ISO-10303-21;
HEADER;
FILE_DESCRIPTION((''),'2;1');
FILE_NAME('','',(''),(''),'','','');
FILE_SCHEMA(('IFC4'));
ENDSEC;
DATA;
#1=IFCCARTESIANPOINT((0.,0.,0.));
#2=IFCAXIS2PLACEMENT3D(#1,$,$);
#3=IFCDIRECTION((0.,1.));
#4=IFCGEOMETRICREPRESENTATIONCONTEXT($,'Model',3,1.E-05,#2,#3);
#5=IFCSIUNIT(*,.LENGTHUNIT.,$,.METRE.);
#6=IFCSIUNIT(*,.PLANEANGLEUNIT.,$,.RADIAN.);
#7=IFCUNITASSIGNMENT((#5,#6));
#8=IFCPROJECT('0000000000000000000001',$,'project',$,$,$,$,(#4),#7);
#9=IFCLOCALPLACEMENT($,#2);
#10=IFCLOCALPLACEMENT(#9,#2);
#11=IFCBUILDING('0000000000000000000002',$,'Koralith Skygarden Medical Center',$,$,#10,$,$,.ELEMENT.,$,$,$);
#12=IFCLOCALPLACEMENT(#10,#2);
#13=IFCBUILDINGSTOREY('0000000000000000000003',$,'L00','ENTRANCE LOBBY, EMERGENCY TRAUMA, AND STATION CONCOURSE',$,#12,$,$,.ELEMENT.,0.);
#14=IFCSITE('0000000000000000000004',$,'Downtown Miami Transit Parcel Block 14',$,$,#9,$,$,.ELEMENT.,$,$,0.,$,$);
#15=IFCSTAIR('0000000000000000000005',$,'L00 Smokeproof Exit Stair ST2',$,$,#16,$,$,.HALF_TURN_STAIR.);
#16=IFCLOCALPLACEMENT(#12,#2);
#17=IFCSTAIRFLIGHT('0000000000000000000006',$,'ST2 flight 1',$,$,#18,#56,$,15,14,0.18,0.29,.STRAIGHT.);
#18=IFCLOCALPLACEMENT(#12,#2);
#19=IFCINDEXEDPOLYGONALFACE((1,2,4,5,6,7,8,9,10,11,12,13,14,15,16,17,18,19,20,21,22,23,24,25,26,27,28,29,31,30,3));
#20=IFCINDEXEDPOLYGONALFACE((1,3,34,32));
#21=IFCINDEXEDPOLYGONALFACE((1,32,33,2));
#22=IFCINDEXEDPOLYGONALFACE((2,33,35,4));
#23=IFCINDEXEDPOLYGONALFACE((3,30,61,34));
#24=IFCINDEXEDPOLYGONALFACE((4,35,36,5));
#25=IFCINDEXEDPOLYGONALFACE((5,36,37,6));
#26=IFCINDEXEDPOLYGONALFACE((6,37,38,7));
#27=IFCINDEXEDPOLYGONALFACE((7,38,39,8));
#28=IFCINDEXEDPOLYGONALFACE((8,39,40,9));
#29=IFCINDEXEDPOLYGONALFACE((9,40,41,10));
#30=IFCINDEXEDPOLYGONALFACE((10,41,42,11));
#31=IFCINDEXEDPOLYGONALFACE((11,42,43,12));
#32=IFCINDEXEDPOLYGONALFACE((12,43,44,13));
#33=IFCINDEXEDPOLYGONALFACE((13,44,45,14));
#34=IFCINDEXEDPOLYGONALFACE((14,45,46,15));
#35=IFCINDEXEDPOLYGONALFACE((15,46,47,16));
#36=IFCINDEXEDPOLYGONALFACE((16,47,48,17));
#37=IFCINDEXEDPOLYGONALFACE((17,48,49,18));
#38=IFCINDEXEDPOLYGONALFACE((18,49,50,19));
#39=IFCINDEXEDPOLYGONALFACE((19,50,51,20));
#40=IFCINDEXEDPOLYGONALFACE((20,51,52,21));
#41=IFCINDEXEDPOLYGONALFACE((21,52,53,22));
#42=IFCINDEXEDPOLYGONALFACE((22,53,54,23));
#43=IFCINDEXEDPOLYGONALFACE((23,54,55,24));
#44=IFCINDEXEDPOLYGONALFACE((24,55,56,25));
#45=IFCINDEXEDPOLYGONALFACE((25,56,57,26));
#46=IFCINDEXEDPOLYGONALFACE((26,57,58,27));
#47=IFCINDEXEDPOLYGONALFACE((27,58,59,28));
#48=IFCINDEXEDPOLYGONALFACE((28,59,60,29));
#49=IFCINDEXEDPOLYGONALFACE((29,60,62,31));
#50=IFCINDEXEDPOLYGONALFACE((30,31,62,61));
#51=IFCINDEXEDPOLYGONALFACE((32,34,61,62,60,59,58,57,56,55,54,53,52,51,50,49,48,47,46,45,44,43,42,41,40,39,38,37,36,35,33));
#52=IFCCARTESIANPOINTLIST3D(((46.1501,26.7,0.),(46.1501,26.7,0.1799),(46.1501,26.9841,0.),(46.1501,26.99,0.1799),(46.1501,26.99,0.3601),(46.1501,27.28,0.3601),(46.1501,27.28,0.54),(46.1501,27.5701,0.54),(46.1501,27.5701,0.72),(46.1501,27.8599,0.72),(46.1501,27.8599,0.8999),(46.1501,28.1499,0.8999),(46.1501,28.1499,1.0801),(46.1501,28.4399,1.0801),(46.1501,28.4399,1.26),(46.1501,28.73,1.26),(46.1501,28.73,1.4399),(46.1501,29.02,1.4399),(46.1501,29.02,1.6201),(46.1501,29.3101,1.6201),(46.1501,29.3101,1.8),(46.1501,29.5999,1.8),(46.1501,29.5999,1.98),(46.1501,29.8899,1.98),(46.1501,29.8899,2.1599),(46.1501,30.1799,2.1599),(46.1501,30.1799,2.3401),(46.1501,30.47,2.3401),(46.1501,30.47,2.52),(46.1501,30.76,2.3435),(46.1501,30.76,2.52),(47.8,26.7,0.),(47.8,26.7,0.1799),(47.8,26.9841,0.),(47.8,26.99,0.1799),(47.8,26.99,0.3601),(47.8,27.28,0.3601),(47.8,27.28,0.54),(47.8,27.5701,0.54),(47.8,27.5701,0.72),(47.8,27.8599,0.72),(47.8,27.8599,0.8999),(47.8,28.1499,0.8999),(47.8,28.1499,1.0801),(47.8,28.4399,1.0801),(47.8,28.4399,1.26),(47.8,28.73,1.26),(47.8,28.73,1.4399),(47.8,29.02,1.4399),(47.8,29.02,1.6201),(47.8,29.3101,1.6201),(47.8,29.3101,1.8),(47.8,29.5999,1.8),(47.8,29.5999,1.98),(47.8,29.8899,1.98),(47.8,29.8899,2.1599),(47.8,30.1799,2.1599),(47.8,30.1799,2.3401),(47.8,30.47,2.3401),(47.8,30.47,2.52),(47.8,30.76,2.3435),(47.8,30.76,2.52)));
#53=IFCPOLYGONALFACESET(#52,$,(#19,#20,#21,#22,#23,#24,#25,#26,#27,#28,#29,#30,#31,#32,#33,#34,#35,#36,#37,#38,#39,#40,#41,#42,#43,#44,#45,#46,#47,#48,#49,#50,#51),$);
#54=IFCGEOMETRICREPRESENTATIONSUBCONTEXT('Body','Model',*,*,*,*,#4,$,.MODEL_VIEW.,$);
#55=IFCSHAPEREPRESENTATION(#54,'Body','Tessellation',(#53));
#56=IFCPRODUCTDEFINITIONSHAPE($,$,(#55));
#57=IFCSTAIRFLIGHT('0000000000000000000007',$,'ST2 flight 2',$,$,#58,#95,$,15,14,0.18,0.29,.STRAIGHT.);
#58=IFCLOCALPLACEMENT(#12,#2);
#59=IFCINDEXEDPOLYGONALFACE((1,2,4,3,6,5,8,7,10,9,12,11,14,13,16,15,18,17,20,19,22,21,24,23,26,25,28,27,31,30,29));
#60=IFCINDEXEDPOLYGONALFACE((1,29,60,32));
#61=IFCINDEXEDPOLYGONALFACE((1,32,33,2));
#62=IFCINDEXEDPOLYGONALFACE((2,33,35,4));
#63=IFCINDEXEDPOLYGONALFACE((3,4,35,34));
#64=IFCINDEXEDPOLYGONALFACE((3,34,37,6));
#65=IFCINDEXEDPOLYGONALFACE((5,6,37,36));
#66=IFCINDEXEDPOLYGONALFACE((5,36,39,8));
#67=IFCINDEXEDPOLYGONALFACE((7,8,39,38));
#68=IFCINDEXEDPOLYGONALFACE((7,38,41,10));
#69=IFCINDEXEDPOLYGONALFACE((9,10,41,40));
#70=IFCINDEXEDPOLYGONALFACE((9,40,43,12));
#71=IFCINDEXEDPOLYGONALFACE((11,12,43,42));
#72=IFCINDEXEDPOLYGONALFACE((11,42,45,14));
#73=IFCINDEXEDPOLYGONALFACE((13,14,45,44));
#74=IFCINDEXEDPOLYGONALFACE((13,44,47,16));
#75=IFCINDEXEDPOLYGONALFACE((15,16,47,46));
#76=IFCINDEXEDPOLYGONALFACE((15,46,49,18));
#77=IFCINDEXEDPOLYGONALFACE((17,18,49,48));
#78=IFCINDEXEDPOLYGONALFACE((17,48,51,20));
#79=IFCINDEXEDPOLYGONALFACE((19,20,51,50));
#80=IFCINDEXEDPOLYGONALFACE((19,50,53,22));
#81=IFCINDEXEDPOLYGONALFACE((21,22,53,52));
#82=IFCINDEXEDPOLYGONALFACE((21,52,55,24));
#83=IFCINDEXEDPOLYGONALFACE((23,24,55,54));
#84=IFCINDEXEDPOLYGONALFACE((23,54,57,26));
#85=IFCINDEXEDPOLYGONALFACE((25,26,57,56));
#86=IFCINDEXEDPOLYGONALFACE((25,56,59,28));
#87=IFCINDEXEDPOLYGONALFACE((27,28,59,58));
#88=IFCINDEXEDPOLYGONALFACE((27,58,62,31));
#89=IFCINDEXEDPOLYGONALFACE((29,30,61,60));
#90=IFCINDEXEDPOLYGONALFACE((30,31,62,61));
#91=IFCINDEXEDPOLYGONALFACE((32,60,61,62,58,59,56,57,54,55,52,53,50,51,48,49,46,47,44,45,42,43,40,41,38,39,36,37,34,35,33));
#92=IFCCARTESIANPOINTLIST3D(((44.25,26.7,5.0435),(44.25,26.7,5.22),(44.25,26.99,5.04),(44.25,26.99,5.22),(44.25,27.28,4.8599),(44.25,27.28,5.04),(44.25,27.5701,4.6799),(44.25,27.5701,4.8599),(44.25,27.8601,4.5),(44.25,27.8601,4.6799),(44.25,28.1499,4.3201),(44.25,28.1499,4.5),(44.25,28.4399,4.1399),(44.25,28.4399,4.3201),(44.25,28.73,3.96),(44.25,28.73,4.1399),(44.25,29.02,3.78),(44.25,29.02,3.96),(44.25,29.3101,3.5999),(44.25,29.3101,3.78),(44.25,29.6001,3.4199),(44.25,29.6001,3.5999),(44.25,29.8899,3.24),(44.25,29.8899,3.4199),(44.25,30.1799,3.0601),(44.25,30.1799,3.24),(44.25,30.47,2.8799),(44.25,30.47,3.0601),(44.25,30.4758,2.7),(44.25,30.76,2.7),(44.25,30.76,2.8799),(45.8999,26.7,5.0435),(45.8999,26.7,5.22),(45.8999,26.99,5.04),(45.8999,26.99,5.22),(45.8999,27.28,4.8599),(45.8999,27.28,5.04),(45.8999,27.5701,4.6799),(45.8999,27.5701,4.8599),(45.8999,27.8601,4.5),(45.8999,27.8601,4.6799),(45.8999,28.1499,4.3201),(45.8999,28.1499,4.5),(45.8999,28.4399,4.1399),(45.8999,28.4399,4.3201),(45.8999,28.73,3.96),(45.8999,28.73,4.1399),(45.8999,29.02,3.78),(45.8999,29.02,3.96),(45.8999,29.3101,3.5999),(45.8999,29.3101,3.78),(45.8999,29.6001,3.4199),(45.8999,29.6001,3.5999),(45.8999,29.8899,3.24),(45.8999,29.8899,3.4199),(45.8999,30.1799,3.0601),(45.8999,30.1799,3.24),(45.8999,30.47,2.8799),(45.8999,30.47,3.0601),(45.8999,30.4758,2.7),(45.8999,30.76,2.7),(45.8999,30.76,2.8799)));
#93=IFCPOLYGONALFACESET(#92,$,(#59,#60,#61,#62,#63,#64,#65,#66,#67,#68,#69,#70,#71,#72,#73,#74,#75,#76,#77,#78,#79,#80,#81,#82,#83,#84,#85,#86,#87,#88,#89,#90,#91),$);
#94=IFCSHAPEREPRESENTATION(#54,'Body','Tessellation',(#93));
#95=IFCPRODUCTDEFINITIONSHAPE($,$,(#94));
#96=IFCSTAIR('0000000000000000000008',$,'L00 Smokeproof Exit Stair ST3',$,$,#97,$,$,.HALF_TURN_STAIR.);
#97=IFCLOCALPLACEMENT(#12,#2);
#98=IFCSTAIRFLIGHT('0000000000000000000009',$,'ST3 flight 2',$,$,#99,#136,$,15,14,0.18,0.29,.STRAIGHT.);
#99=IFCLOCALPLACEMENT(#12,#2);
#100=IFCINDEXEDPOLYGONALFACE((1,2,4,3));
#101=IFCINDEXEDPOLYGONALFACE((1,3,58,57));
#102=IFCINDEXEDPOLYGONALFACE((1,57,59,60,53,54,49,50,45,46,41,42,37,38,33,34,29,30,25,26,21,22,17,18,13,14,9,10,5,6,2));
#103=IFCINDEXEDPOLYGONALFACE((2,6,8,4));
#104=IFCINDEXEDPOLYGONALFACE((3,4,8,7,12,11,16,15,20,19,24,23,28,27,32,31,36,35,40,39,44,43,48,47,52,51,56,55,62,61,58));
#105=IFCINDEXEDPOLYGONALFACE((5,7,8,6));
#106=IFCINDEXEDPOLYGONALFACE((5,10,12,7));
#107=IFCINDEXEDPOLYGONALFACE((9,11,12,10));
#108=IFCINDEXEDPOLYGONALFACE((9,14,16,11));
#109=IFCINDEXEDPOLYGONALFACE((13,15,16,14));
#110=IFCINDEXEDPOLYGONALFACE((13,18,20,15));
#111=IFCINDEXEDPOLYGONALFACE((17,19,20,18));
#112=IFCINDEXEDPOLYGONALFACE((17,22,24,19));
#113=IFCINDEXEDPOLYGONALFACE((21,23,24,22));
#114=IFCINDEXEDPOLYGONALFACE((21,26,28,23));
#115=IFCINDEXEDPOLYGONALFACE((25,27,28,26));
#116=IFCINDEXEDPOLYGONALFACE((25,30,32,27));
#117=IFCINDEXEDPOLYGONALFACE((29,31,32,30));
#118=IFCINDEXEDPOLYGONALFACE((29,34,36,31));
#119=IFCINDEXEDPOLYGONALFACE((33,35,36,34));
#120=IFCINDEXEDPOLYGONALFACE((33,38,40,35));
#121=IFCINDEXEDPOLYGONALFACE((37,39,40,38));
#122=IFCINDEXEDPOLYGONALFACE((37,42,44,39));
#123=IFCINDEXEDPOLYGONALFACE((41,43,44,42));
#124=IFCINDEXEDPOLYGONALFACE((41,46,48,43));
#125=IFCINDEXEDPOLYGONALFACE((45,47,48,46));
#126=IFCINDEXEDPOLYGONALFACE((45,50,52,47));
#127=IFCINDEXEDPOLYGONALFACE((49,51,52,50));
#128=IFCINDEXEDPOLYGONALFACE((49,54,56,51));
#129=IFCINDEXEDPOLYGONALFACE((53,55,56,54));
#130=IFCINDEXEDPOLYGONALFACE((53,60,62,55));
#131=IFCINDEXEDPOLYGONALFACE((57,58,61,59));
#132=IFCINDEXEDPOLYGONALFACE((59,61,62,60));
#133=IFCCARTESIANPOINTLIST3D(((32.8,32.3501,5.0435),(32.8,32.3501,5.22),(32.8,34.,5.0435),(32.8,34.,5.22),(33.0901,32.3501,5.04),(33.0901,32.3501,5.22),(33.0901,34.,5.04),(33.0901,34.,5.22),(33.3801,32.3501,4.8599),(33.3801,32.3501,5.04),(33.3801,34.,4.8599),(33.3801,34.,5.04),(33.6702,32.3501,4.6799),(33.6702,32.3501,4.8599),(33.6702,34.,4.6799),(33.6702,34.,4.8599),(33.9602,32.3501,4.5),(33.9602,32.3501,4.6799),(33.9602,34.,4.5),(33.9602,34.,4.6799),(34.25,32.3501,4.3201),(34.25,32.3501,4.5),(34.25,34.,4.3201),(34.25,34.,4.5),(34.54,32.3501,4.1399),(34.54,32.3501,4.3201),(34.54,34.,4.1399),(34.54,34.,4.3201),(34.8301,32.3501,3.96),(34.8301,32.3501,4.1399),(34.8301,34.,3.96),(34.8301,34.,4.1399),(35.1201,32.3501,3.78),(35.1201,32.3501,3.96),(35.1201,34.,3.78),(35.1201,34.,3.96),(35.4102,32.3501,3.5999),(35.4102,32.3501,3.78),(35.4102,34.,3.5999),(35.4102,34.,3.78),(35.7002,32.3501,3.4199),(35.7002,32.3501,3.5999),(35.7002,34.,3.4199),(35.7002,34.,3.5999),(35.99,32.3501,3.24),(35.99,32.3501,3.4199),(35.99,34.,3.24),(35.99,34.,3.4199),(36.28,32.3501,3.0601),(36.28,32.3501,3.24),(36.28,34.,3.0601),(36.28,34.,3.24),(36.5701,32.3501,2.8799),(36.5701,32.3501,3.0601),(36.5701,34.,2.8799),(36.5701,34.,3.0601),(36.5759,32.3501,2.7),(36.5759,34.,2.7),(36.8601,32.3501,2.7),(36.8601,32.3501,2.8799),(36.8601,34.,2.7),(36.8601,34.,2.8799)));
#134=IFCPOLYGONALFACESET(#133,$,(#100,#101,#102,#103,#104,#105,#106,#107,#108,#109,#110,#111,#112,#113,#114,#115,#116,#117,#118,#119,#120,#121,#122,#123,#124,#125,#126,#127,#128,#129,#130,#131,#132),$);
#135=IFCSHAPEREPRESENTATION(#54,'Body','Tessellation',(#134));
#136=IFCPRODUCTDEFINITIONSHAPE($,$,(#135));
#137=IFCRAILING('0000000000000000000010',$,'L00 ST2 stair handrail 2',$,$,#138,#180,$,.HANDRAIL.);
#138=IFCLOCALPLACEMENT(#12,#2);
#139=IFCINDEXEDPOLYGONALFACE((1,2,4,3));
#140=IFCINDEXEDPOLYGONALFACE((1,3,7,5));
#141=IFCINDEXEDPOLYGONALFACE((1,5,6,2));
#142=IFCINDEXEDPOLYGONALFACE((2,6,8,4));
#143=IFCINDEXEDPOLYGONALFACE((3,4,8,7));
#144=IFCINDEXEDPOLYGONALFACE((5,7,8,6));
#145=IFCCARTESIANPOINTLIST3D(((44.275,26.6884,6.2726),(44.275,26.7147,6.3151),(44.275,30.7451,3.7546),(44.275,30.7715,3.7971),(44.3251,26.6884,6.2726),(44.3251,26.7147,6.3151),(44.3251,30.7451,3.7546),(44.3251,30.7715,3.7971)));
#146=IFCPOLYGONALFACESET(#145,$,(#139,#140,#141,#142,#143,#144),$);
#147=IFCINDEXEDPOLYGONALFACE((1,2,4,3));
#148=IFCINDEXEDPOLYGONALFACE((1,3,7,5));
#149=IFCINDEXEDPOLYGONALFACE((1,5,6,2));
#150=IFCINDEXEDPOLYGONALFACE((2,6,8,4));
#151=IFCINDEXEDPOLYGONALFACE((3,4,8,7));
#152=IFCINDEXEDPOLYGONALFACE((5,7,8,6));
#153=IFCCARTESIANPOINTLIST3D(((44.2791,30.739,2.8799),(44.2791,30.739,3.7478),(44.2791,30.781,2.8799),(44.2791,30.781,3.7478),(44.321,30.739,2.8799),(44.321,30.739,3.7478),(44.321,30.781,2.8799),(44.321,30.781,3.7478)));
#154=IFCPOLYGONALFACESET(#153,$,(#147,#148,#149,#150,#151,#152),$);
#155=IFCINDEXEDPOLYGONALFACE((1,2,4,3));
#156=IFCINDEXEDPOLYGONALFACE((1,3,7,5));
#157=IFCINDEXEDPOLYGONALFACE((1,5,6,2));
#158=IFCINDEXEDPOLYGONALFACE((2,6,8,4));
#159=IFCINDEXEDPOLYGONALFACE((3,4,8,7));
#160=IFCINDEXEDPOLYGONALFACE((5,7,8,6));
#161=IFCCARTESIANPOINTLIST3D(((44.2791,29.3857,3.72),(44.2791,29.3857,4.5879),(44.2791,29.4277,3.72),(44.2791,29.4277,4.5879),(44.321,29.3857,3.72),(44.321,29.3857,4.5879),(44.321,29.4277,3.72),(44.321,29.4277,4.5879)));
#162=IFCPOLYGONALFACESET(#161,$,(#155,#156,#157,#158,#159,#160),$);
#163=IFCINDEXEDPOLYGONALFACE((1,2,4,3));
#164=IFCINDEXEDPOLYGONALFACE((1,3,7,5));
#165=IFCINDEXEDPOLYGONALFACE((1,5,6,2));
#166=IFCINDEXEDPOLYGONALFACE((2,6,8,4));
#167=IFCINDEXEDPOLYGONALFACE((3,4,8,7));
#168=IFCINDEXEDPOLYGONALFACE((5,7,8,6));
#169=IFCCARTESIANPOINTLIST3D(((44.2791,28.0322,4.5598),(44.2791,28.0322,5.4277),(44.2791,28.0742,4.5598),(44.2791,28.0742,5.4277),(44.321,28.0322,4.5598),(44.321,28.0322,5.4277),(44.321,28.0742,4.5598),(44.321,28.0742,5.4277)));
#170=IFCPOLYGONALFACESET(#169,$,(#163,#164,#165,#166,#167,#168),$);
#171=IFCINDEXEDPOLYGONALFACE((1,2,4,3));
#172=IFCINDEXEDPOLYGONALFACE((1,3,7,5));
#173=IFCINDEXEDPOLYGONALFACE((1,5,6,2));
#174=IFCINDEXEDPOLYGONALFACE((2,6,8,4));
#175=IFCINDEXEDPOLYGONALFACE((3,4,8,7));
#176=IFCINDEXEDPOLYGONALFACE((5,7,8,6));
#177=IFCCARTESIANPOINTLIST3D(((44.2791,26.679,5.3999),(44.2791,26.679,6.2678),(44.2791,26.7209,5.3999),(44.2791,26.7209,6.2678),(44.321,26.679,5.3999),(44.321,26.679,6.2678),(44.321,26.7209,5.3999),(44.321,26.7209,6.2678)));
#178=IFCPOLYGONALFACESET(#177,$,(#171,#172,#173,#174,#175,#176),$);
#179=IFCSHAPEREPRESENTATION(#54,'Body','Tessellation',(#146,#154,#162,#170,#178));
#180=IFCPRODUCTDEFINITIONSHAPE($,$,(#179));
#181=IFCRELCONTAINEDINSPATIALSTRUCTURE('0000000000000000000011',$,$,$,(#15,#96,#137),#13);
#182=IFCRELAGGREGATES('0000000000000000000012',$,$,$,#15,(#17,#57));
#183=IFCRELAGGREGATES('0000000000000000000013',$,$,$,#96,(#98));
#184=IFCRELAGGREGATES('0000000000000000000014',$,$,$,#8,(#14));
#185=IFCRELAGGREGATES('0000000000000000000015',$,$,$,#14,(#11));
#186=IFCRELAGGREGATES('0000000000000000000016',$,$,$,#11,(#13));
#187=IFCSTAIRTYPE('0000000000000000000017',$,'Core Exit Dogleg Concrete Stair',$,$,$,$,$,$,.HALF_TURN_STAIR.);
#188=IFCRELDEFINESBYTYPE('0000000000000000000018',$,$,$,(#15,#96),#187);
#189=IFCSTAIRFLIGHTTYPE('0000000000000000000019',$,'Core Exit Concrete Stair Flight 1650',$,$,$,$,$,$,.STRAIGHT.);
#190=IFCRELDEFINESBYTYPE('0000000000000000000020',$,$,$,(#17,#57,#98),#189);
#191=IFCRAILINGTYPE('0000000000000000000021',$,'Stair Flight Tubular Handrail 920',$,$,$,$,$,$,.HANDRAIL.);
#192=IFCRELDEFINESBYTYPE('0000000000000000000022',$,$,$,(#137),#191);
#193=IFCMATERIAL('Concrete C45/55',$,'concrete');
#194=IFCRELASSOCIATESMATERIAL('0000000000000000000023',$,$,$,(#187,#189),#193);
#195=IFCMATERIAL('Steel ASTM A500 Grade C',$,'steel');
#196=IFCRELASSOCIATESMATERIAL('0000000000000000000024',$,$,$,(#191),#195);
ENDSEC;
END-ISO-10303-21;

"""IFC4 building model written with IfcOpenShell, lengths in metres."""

from ifc_helpers import new_model, si_unit, direction, frame, origin, origin_2d, place, context, subcontext, project, spatial, polyline, rectangle, outline, extrude, material, type_object, element, aggregate, save


model = new_model("IFC4")

# Units and contexts
model_context = context("Model", 3, precision=1e-05, world=origin(), true_north=direction((0.0, 1.0)))
body_context = subcontext(model_context, "Body", "Model", "MODEL_VIEW")
ifc_project = project(units=[si_unit("LENGTHUNIT", "METRE"), si_unit("PLANEANGLEUNIT", "RADIAN")], contexts=[model_context])

# Site, building, storey
site_placement = place(None, origin())
site = spatial("IfcSite", under=ifc_project, at=site_placement, Name="Downtown Miami Transit Parcel Block 14", CompositionType="ELEMENT", RefElevation=0.0)
building_placement = place(site_placement, origin())
building = spatial("IfcBuilding", under=site, at=building_placement, Name="Koralith Skygarden Medical Center", CompositionType="ELEMENT")
storey_placement = place(building_placement, origin())
storey = spatial("IfcBuildingStorey", under=building, at=storey_placement, Name="L00", Description="ENTRANCE LOBBY, EMERGENCY TRAUMA, AND STATION CONCOURSE", CompositionType="ELEMENT", Elevation=0.0)

# Shared definitions
ifc_material_1 = material(Name="Steel ASTM A500 Grade C", Category="steel")

# Shared definitions
ifc_material_2 = material(Name="Concrete C45/55", Category="concrete")

# Stair, stair flights
stair_type = type_object("IfcStairType", Name="Core Exit Dogleg Concrete Stair", PredefinedType="HALF_TURN_STAIR", material=ifc_material_2)
stair_1_placement = place(storey_placement, origin())
stair_1 = element("IfcStair", 1, at=stair_1_placement, inside=storey, type_object=stair_type, Name="L00 Smokeproof Exit Stair ST2", PredefinedType="HALF_TURN_STAIR")
stair_flight_type = type_object("IfcStairFlightType", Name="Core Exit Concrete Stair Flight 1650", PredefinedType="STRAIGHT", material=ifc_material_2)
stair_flight_1_placement = place(storey_placement, frame((46.9751, 26.7, 0.0), z_axis=(0.0, 0.0, 1.0), x_axis=(0.0, 1.0, 0.0)))
stair_flight_1 = element("IfcStairFlight", 2, at=stair_flight_1_placement, type_object=stair_flight_type, Name="ST2 flight 1", NumberOfRisers=15, NumberOfTreads=14, PredefinedType="STRAIGHT", RiserHeight=0.18, TreadLength=0.29, context=body_context, shape_type="SweptSolid", body=[
    extrude(outline(polyline([(0.0, 0.0), (0.0, 0.1799), (0.29, 0.1799), (0.29, 0.3601), (0.5801, 0.3601), (0.5801, 0.54), (0.8701, 0.54), (0.8701, 0.72), (1.1599, 0.72), (1.1599, 0.8999), (1.45, 0.8999), (1.45, 1.0801), (1.74, 1.0801), (1.74, 1.26), (2.03, 1.26), (2.03, 1.4399), (2.3201, 1.4399), (2.3201, 1.6201), (2.6101, 1.6201), (2.6101, 1.8), (2.8999, 1.8), (2.8999, 1.98), (3.1899, 1.98), (3.1899, 2.1599), (3.48, 2.1599), (3.48, 2.3401), (3.77, 2.3401), (3.77, 2.52), (4.0601, 2.52), (4.0601, 2.7), (4.0601, 2.3435), (0.2842, 0.0), (0.0, 0.0)])), frame((0.0, 0.825, 0.0), z_axis=(0.0, -1.0, 0.0), x_axis=(1.0, 0.0, 0.0)), (0.0, 0.0, 1.0), 1.6499),
])
stair_flight_2_placement = place(storey_placement, frame((45.075, 30.76, 2.7), z_axis=(0.0, 0.0, 1.0), x_axis=(0.0, -1.0, 0.0)))
stair_flight_2 = element("IfcStairFlight", 3, at=stair_flight_2_placement, type_object=stair_flight_type, Name="ST2 flight 2", NumberOfRisers=15, NumberOfTreads=14, PredefinedType="STRAIGHT", RiserHeight=0.18, TreadLength=0.29, context=body_context, shape_type="SweptSolid", body=[
    extrude(outline(polyline([(0.0, 0.0), (0.0, 0.1799), (0.29, 0.1799), (0.29, 0.3601), (0.5801, 0.3601), (0.5801, 0.54), (0.8701, 0.54), (0.8701, 0.72), (1.1599, 0.72), (1.1599, 0.8999), (1.45, 0.8999), (1.45, 1.0801), (1.74, 1.0801), (1.74, 1.26), (2.03, 1.26), (2.03, 1.4399), (2.3201, 1.4399), (2.3201, 1.6201), (2.6101, 1.6201), (2.6101, 1.8), (2.8999, 1.8), (2.8999, 1.98), (3.1899, 1.98), (3.1899, 2.1599), (3.48, 2.1599), (3.48, 2.3401), (3.77, 2.3401), (3.77, 2.52), (4.0601, 2.52), (4.0601, 2.7), (4.0601, 2.3435), (0.2842, 0.0), (0.0, 0.0)])), frame((0.0, 0.825, 0.0), z_axis=(0.0, -1.0, 0.0), x_axis=(1.0, 0.0, 0.0)), (0.0, 0.0, 1.0), 1.6499),
])
aggregate(stair_1, [stair_flight_1, stair_flight_2])

# Stair, stair flight
stair_2_placement = place(storey_placement, origin())
stair_2 = element("IfcStair", 4, at=stair_2_placement, inside=storey, type_object=stair_type, Name="L00 Smokeproof Exit Stair ST3", PredefinedType="HALF_TURN_STAIR")
stair_flight_3_placement = place(storey_placement, frame((36.8601, 33.175, 2.7), z_axis=(0.0, 0.0, 1.0), x_axis=(-1.0, 0.0, 0.0)))
stair_flight_3 = element("IfcStairFlight", 5, at=stair_flight_3_placement, type_object=stair_flight_type, Name="ST3 flight 2", NumberOfRisers=15, NumberOfTreads=14, PredefinedType="STRAIGHT", RiserHeight=0.18, TreadLength=0.29, context=body_context, shape_type="SweptSolid", body=[
    extrude(outline(polyline([(0.0, 0.0), (0.0, 0.1799), (0.29, 0.1799), (0.29, 0.3601), (0.5801, 0.3601), (0.5801, 0.54), (0.8701, 0.54), (0.8701, 0.72), (1.1599, 0.72), (1.1599, 0.8999), (1.45, 0.8999), (1.45, 1.0801), (1.74, 1.0801), (1.74, 1.26), (2.03, 1.26), (2.03, 1.4399), (2.3201, 1.4399), (2.3201, 1.6201), (2.6101, 1.6201), (2.6101, 1.8), (2.8999, 1.8), (2.8999, 1.98), (3.1899, 1.98), (3.1899, 2.1599), (3.48, 2.1599), (3.48, 2.3401), (3.77, 2.3401), (3.77, 2.52), (4.0601, 2.52), (4.0601, 2.7), (4.0601, 2.3435), (0.2842, 0.0), (0.0, 0.0)])), frame((0.0, 0.825, 0.0), z_axis=(0.0, -1.0, 0.0), x_axis=(1.0, 0.0, 0.0)), (0.0, 0.0, 1.0), 1.6499),
])
aggregate(stair_2, [stair_flight_3])

# Railing
railing_type_1 = type_object("IfcRailingType", Name="Stair Flight Tubular Handrail 920", PredefinedType="HANDRAIL", material=ifc_material_1)
railing_1_placement = place(storey_placement, frame((44.3, 30.76, 2.8799)))
element("IfcRailing", 6, at=railing_1_placement, inside=storey, type_object=railing_type_1, Name="L00 ST2 stair handrail 2", PredefinedType="HANDRAIL", context=body_context, shape_type="SweptSolid", body=[
    extrude(rectangle(XDim=0.05, YDim=0.05, at=origin_2d()), frame((0.0, -0.0017, 0.896), z_axis=(0.0, -0.849642, 0.52736), x_axis=(1.0, 0.0, 0.0)), (0.0, 0.0, 1.0), 4.7747),
    extrude(rectangle(XDim=0.042, YDim=0.042, at=origin_2d()), origin(), (0.0, 0.0, 1.0), 0.8679),
    extrude(rectangle(XDim=0.042, YDim=0.042, at=origin_2d()), frame((0.0, -1.3533, 0.8401)), (0.0, 0.0, 1.0), 0.8679),
    extrude(rectangle(XDim=0.042, YDim=0.042, at=origin_2d()), frame((0.0, -2.7068, 1.6799)), (0.0, 0.0, 1.0), 0.8679),
    extrude(rectangle(XDim=0.042, YDim=0.042, at=origin_2d()), frame((0.0, -4.0601, 2.52)), (0.0, 0.0, 1.0), 0.8679),
])

save(model, "model.ifc")
